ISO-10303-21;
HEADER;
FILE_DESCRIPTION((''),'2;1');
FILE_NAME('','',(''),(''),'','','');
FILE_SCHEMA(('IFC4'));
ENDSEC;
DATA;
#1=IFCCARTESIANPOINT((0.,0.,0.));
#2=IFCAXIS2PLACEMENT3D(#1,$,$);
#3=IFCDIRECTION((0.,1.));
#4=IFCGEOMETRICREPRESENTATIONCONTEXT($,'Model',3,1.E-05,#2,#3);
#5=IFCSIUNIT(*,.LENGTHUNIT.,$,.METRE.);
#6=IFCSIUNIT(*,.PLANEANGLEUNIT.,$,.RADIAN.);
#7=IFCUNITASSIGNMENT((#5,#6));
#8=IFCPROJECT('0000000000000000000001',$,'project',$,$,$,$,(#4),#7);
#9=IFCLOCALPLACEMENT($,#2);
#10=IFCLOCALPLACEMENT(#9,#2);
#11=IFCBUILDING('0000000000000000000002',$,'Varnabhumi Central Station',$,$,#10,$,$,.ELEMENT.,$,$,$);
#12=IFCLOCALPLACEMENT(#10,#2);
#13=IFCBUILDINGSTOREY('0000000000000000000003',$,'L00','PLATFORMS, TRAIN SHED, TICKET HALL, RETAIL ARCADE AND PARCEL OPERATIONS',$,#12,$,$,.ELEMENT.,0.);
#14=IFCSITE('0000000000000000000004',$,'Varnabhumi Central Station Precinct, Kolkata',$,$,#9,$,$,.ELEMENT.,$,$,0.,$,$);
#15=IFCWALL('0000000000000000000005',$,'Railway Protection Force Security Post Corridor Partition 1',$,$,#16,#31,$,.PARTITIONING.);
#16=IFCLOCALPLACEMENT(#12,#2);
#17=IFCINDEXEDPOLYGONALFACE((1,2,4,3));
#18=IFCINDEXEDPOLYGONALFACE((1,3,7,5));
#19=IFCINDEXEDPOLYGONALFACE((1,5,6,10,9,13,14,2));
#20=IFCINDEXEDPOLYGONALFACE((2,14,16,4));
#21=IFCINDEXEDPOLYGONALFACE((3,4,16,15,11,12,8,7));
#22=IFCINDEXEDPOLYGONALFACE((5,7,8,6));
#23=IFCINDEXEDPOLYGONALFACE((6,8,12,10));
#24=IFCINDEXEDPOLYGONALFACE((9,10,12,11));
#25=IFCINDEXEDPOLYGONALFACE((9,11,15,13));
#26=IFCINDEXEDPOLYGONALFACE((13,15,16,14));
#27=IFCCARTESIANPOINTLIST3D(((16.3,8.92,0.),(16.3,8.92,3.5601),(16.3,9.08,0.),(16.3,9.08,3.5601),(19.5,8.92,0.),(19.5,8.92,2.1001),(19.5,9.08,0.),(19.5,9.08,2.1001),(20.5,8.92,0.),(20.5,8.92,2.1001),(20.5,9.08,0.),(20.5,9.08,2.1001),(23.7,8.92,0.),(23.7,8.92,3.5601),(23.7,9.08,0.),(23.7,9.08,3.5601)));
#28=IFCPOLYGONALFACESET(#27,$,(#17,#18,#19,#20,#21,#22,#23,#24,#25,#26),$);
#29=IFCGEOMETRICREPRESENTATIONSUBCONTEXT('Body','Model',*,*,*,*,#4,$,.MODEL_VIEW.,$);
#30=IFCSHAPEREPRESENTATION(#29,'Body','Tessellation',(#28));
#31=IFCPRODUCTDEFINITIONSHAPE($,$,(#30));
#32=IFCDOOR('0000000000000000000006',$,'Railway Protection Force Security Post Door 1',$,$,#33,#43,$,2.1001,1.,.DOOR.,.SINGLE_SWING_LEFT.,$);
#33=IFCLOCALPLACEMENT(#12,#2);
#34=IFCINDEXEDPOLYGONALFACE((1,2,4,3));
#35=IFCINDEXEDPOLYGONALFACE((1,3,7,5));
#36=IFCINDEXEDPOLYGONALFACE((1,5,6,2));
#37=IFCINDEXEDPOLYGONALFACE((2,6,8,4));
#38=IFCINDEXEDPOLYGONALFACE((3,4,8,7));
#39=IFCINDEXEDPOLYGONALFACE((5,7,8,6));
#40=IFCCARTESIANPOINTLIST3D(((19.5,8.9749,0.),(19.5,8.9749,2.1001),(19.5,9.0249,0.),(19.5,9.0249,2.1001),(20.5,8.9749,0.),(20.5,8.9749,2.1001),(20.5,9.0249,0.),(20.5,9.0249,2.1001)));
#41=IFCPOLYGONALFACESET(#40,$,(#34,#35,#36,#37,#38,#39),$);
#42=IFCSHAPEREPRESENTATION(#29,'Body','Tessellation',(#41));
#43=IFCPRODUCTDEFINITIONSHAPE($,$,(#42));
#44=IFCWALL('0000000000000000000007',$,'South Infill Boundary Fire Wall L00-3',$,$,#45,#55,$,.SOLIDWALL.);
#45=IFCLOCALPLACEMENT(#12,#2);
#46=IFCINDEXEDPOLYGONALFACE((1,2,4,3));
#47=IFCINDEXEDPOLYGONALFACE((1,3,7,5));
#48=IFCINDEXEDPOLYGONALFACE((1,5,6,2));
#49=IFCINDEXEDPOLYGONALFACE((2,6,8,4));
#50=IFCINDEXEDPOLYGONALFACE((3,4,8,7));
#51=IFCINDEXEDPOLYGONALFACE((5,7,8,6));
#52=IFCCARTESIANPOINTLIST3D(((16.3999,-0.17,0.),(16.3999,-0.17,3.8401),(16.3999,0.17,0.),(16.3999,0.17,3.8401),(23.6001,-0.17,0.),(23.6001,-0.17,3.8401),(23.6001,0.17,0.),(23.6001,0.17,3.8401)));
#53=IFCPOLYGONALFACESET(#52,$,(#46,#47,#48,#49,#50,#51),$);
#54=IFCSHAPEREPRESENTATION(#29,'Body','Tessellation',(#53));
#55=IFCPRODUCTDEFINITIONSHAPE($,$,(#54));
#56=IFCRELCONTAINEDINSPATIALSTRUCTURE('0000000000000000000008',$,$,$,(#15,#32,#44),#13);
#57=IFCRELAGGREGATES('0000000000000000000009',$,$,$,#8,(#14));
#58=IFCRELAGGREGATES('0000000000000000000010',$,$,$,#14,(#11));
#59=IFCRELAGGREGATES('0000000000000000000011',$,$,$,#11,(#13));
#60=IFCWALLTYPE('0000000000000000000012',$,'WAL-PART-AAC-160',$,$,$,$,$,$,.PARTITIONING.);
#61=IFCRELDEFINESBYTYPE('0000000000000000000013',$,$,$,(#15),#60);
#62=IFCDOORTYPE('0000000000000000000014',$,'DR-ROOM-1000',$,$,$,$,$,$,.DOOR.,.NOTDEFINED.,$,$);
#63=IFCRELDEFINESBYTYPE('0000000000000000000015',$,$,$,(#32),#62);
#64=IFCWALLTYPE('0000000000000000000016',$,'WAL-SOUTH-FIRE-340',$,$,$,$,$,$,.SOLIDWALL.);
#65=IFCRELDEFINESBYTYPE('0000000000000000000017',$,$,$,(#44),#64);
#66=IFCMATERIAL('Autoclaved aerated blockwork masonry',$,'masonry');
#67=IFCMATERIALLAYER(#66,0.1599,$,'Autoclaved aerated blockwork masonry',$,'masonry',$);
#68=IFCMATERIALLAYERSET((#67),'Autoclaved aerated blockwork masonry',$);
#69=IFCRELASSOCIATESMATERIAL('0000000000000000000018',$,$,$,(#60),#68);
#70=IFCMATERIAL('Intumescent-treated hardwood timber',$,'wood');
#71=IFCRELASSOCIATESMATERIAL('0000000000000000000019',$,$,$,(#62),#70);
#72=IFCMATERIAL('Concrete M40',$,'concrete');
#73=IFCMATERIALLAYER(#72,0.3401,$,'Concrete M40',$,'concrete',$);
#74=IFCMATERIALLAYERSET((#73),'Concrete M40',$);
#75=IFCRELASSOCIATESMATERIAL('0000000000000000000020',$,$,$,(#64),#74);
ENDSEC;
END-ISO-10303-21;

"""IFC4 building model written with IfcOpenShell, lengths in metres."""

from ifc_helpers import new_model, si_unit, direction, frame, frame_2d, origin, place, context, subcontext, project, spatial, rectangle, extrude, material, layer, layer_set, type_object, element, fill, save


model = new_model("IFC4")

# Units and contexts
model_context = context("Model", 3, precision=1e-05, world=origin(), true_north=direction((0.0, 1.0)))
body_context = subcontext(model_context, "Body", "Model", "MODEL_VIEW")
ifc_project = project(units=[si_unit("LENGTHUNIT", "METRE"), si_unit("PLANEANGLEUNIT", "RADIAN")], contexts=[model_context])

# Site, building, storey
site_placement = place(None, origin())
site = spatial("IfcSite", under=ifc_project, at=site_placement, Name="Varnabhumi Central Station Precinct, Kolkata", CompositionType="ELEMENT", RefElevation=0.0)
building_placement = place(site_placement, origin())
building = spatial("IfcBuilding", under=site, at=building_placement, Name="Varnabhumi Central Station", CompositionType="ELEMENT")
storey_placement = place(building_placement, origin())
storey = spatial("IfcBuildingStorey", under=building, at=storey_placement, Name="L00", Description="PLATFORMS, TRAIN SHED, TICKET HALL, RETAIL ARCADE AND PARCEL OPERATIONS", CompositionType="ELEMENT", Elevation=0.0)

# Shared definitions
ifc_material_1 = material(Name="Concrete M40", Category="concrete")

# Shared definitions
ifc_material_2 = material(Name="Autoclaved aerated blockwork masonry", Category="masonry")
ifc_layer_1 = layer(ifc_material_2, 0.1599, Name="Autoclaved aerated blockwork masonry", Category="masonry")
ifc_layer_set_1 = layer_set([ifc_layer_1], Name="Autoclaved aerated blockwork masonry")
wall_type_1 = type_object("IfcWallType", Name="WAL-PART-AAC-160", PredefinedType="PARTITIONING", material=ifc_layer_set_1)

# Wall, opening, door
wall_1_placement = place(storey_placement, frame((16.3, 9.0, 0.0), z_axis=(0.0, 0.0, 1.0), x_axis=(1.0, 0.0, 0.0)))
wall_1 = element("IfcWall", 1, at=wall_1_placement, inside=storey, type_object=wall_type_1, Name="Railway Protection Force Security Post Corridor Partition 1", PredefinedType="PARTITIONING", context=body_context, shape_type="SweptSolid", body=[
    extrude(rectangle(XDim=7.3999, YDim=0.1599, at=frame_2d((3.7, 0.0))), origin(), (0.0, 0.0, 1.0), 3.5601),
])
opening_placement = place(wall_1_placement, frame((3.2, 0.0, 0.0)))
opening = element("IfcOpeningElement", 2, at=opening_placement, cuts=wall_1, PredefinedType="OPENING", context=body_context, shape_type="SweptSolid", body=[
    extrude(rectangle(XDim=1.0, YDim=2.1001, at=frame_2d((0.5, 1.05))), frame((0.0, 0.0898, 0.0), z_axis=(0.0, -1.0, 0.0), x_axis=(1.0, 0.0, 0.0)), (0.0, 0.0, 1.0), 0.1799),
])
ifc_material_3 = material(Name="Intumescent-treated hardwood timber", Category="wood")
door_type = type_object("IfcDoorType", Name="DR-ROOM-1000", OperationType="NOTDEFINED", PredefinedType="DOOR", material=ifc_material_3)
door_placement = place(opening_placement, origin())
door = element("IfcDoor", 3, at=door_placement, inside=storey, type_object=door_type, Name="Railway Protection Force Security Post Door 1", OperationType="SINGLE_SWING_LEFT", OverallHeight=2.1001, OverallWidth=1.0, PredefinedType="DOOR", context=body_context, shape_type="SweptSolid", body=[
    extrude(rectangle(XDim=1.0, YDim=2.1001, at=frame_2d((0.5, 1.05))), frame((0.0, 0.0249, 0.0), z_axis=(0.0, -1.0, 0.0), x_axis=(1.0, 0.0, 0.0)), (0.0, 0.0, 1.0), 0.05),
])
fill(opening, door)

# Wall
ifc_layer_2 = layer(ifc_material_1, 0.3401, Name="Concrete M40", Category="concrete")
ifc_layer_set_2 = layer_set([ifc_layer_2], Name="Concrete M40")
wall_type_2 = type_object("IfcWallType", Name="WAL-SOUTH-FIRE-340", PredefinedType="SOLIDWALL", material=ifc_layer_set_2)
wall_2_placement = place(storey_placement, frame((16.3999, 0.0, 0.0), z_axis=(0.0, 0.0, 1.0), x_axis=(1.0, 0.0, 0.0)))
element("IfcWall", 4, at=wall_2_placement, inside=storey, type_object=wall_type_2, Name="South Infill Boundary Fire Wall L00-3", PredefinedType="SOLIDWALL", context=body_context, shape_type="SweptSolid", body=[
    extrude(rectangle(XDim=7.2002, YDim=0.3401, at=frame_2d((3.6001, 0.0))), origin(), (0.0, 0.0, 1.0), 3.8401),
])

save(model, "model.ifc")
